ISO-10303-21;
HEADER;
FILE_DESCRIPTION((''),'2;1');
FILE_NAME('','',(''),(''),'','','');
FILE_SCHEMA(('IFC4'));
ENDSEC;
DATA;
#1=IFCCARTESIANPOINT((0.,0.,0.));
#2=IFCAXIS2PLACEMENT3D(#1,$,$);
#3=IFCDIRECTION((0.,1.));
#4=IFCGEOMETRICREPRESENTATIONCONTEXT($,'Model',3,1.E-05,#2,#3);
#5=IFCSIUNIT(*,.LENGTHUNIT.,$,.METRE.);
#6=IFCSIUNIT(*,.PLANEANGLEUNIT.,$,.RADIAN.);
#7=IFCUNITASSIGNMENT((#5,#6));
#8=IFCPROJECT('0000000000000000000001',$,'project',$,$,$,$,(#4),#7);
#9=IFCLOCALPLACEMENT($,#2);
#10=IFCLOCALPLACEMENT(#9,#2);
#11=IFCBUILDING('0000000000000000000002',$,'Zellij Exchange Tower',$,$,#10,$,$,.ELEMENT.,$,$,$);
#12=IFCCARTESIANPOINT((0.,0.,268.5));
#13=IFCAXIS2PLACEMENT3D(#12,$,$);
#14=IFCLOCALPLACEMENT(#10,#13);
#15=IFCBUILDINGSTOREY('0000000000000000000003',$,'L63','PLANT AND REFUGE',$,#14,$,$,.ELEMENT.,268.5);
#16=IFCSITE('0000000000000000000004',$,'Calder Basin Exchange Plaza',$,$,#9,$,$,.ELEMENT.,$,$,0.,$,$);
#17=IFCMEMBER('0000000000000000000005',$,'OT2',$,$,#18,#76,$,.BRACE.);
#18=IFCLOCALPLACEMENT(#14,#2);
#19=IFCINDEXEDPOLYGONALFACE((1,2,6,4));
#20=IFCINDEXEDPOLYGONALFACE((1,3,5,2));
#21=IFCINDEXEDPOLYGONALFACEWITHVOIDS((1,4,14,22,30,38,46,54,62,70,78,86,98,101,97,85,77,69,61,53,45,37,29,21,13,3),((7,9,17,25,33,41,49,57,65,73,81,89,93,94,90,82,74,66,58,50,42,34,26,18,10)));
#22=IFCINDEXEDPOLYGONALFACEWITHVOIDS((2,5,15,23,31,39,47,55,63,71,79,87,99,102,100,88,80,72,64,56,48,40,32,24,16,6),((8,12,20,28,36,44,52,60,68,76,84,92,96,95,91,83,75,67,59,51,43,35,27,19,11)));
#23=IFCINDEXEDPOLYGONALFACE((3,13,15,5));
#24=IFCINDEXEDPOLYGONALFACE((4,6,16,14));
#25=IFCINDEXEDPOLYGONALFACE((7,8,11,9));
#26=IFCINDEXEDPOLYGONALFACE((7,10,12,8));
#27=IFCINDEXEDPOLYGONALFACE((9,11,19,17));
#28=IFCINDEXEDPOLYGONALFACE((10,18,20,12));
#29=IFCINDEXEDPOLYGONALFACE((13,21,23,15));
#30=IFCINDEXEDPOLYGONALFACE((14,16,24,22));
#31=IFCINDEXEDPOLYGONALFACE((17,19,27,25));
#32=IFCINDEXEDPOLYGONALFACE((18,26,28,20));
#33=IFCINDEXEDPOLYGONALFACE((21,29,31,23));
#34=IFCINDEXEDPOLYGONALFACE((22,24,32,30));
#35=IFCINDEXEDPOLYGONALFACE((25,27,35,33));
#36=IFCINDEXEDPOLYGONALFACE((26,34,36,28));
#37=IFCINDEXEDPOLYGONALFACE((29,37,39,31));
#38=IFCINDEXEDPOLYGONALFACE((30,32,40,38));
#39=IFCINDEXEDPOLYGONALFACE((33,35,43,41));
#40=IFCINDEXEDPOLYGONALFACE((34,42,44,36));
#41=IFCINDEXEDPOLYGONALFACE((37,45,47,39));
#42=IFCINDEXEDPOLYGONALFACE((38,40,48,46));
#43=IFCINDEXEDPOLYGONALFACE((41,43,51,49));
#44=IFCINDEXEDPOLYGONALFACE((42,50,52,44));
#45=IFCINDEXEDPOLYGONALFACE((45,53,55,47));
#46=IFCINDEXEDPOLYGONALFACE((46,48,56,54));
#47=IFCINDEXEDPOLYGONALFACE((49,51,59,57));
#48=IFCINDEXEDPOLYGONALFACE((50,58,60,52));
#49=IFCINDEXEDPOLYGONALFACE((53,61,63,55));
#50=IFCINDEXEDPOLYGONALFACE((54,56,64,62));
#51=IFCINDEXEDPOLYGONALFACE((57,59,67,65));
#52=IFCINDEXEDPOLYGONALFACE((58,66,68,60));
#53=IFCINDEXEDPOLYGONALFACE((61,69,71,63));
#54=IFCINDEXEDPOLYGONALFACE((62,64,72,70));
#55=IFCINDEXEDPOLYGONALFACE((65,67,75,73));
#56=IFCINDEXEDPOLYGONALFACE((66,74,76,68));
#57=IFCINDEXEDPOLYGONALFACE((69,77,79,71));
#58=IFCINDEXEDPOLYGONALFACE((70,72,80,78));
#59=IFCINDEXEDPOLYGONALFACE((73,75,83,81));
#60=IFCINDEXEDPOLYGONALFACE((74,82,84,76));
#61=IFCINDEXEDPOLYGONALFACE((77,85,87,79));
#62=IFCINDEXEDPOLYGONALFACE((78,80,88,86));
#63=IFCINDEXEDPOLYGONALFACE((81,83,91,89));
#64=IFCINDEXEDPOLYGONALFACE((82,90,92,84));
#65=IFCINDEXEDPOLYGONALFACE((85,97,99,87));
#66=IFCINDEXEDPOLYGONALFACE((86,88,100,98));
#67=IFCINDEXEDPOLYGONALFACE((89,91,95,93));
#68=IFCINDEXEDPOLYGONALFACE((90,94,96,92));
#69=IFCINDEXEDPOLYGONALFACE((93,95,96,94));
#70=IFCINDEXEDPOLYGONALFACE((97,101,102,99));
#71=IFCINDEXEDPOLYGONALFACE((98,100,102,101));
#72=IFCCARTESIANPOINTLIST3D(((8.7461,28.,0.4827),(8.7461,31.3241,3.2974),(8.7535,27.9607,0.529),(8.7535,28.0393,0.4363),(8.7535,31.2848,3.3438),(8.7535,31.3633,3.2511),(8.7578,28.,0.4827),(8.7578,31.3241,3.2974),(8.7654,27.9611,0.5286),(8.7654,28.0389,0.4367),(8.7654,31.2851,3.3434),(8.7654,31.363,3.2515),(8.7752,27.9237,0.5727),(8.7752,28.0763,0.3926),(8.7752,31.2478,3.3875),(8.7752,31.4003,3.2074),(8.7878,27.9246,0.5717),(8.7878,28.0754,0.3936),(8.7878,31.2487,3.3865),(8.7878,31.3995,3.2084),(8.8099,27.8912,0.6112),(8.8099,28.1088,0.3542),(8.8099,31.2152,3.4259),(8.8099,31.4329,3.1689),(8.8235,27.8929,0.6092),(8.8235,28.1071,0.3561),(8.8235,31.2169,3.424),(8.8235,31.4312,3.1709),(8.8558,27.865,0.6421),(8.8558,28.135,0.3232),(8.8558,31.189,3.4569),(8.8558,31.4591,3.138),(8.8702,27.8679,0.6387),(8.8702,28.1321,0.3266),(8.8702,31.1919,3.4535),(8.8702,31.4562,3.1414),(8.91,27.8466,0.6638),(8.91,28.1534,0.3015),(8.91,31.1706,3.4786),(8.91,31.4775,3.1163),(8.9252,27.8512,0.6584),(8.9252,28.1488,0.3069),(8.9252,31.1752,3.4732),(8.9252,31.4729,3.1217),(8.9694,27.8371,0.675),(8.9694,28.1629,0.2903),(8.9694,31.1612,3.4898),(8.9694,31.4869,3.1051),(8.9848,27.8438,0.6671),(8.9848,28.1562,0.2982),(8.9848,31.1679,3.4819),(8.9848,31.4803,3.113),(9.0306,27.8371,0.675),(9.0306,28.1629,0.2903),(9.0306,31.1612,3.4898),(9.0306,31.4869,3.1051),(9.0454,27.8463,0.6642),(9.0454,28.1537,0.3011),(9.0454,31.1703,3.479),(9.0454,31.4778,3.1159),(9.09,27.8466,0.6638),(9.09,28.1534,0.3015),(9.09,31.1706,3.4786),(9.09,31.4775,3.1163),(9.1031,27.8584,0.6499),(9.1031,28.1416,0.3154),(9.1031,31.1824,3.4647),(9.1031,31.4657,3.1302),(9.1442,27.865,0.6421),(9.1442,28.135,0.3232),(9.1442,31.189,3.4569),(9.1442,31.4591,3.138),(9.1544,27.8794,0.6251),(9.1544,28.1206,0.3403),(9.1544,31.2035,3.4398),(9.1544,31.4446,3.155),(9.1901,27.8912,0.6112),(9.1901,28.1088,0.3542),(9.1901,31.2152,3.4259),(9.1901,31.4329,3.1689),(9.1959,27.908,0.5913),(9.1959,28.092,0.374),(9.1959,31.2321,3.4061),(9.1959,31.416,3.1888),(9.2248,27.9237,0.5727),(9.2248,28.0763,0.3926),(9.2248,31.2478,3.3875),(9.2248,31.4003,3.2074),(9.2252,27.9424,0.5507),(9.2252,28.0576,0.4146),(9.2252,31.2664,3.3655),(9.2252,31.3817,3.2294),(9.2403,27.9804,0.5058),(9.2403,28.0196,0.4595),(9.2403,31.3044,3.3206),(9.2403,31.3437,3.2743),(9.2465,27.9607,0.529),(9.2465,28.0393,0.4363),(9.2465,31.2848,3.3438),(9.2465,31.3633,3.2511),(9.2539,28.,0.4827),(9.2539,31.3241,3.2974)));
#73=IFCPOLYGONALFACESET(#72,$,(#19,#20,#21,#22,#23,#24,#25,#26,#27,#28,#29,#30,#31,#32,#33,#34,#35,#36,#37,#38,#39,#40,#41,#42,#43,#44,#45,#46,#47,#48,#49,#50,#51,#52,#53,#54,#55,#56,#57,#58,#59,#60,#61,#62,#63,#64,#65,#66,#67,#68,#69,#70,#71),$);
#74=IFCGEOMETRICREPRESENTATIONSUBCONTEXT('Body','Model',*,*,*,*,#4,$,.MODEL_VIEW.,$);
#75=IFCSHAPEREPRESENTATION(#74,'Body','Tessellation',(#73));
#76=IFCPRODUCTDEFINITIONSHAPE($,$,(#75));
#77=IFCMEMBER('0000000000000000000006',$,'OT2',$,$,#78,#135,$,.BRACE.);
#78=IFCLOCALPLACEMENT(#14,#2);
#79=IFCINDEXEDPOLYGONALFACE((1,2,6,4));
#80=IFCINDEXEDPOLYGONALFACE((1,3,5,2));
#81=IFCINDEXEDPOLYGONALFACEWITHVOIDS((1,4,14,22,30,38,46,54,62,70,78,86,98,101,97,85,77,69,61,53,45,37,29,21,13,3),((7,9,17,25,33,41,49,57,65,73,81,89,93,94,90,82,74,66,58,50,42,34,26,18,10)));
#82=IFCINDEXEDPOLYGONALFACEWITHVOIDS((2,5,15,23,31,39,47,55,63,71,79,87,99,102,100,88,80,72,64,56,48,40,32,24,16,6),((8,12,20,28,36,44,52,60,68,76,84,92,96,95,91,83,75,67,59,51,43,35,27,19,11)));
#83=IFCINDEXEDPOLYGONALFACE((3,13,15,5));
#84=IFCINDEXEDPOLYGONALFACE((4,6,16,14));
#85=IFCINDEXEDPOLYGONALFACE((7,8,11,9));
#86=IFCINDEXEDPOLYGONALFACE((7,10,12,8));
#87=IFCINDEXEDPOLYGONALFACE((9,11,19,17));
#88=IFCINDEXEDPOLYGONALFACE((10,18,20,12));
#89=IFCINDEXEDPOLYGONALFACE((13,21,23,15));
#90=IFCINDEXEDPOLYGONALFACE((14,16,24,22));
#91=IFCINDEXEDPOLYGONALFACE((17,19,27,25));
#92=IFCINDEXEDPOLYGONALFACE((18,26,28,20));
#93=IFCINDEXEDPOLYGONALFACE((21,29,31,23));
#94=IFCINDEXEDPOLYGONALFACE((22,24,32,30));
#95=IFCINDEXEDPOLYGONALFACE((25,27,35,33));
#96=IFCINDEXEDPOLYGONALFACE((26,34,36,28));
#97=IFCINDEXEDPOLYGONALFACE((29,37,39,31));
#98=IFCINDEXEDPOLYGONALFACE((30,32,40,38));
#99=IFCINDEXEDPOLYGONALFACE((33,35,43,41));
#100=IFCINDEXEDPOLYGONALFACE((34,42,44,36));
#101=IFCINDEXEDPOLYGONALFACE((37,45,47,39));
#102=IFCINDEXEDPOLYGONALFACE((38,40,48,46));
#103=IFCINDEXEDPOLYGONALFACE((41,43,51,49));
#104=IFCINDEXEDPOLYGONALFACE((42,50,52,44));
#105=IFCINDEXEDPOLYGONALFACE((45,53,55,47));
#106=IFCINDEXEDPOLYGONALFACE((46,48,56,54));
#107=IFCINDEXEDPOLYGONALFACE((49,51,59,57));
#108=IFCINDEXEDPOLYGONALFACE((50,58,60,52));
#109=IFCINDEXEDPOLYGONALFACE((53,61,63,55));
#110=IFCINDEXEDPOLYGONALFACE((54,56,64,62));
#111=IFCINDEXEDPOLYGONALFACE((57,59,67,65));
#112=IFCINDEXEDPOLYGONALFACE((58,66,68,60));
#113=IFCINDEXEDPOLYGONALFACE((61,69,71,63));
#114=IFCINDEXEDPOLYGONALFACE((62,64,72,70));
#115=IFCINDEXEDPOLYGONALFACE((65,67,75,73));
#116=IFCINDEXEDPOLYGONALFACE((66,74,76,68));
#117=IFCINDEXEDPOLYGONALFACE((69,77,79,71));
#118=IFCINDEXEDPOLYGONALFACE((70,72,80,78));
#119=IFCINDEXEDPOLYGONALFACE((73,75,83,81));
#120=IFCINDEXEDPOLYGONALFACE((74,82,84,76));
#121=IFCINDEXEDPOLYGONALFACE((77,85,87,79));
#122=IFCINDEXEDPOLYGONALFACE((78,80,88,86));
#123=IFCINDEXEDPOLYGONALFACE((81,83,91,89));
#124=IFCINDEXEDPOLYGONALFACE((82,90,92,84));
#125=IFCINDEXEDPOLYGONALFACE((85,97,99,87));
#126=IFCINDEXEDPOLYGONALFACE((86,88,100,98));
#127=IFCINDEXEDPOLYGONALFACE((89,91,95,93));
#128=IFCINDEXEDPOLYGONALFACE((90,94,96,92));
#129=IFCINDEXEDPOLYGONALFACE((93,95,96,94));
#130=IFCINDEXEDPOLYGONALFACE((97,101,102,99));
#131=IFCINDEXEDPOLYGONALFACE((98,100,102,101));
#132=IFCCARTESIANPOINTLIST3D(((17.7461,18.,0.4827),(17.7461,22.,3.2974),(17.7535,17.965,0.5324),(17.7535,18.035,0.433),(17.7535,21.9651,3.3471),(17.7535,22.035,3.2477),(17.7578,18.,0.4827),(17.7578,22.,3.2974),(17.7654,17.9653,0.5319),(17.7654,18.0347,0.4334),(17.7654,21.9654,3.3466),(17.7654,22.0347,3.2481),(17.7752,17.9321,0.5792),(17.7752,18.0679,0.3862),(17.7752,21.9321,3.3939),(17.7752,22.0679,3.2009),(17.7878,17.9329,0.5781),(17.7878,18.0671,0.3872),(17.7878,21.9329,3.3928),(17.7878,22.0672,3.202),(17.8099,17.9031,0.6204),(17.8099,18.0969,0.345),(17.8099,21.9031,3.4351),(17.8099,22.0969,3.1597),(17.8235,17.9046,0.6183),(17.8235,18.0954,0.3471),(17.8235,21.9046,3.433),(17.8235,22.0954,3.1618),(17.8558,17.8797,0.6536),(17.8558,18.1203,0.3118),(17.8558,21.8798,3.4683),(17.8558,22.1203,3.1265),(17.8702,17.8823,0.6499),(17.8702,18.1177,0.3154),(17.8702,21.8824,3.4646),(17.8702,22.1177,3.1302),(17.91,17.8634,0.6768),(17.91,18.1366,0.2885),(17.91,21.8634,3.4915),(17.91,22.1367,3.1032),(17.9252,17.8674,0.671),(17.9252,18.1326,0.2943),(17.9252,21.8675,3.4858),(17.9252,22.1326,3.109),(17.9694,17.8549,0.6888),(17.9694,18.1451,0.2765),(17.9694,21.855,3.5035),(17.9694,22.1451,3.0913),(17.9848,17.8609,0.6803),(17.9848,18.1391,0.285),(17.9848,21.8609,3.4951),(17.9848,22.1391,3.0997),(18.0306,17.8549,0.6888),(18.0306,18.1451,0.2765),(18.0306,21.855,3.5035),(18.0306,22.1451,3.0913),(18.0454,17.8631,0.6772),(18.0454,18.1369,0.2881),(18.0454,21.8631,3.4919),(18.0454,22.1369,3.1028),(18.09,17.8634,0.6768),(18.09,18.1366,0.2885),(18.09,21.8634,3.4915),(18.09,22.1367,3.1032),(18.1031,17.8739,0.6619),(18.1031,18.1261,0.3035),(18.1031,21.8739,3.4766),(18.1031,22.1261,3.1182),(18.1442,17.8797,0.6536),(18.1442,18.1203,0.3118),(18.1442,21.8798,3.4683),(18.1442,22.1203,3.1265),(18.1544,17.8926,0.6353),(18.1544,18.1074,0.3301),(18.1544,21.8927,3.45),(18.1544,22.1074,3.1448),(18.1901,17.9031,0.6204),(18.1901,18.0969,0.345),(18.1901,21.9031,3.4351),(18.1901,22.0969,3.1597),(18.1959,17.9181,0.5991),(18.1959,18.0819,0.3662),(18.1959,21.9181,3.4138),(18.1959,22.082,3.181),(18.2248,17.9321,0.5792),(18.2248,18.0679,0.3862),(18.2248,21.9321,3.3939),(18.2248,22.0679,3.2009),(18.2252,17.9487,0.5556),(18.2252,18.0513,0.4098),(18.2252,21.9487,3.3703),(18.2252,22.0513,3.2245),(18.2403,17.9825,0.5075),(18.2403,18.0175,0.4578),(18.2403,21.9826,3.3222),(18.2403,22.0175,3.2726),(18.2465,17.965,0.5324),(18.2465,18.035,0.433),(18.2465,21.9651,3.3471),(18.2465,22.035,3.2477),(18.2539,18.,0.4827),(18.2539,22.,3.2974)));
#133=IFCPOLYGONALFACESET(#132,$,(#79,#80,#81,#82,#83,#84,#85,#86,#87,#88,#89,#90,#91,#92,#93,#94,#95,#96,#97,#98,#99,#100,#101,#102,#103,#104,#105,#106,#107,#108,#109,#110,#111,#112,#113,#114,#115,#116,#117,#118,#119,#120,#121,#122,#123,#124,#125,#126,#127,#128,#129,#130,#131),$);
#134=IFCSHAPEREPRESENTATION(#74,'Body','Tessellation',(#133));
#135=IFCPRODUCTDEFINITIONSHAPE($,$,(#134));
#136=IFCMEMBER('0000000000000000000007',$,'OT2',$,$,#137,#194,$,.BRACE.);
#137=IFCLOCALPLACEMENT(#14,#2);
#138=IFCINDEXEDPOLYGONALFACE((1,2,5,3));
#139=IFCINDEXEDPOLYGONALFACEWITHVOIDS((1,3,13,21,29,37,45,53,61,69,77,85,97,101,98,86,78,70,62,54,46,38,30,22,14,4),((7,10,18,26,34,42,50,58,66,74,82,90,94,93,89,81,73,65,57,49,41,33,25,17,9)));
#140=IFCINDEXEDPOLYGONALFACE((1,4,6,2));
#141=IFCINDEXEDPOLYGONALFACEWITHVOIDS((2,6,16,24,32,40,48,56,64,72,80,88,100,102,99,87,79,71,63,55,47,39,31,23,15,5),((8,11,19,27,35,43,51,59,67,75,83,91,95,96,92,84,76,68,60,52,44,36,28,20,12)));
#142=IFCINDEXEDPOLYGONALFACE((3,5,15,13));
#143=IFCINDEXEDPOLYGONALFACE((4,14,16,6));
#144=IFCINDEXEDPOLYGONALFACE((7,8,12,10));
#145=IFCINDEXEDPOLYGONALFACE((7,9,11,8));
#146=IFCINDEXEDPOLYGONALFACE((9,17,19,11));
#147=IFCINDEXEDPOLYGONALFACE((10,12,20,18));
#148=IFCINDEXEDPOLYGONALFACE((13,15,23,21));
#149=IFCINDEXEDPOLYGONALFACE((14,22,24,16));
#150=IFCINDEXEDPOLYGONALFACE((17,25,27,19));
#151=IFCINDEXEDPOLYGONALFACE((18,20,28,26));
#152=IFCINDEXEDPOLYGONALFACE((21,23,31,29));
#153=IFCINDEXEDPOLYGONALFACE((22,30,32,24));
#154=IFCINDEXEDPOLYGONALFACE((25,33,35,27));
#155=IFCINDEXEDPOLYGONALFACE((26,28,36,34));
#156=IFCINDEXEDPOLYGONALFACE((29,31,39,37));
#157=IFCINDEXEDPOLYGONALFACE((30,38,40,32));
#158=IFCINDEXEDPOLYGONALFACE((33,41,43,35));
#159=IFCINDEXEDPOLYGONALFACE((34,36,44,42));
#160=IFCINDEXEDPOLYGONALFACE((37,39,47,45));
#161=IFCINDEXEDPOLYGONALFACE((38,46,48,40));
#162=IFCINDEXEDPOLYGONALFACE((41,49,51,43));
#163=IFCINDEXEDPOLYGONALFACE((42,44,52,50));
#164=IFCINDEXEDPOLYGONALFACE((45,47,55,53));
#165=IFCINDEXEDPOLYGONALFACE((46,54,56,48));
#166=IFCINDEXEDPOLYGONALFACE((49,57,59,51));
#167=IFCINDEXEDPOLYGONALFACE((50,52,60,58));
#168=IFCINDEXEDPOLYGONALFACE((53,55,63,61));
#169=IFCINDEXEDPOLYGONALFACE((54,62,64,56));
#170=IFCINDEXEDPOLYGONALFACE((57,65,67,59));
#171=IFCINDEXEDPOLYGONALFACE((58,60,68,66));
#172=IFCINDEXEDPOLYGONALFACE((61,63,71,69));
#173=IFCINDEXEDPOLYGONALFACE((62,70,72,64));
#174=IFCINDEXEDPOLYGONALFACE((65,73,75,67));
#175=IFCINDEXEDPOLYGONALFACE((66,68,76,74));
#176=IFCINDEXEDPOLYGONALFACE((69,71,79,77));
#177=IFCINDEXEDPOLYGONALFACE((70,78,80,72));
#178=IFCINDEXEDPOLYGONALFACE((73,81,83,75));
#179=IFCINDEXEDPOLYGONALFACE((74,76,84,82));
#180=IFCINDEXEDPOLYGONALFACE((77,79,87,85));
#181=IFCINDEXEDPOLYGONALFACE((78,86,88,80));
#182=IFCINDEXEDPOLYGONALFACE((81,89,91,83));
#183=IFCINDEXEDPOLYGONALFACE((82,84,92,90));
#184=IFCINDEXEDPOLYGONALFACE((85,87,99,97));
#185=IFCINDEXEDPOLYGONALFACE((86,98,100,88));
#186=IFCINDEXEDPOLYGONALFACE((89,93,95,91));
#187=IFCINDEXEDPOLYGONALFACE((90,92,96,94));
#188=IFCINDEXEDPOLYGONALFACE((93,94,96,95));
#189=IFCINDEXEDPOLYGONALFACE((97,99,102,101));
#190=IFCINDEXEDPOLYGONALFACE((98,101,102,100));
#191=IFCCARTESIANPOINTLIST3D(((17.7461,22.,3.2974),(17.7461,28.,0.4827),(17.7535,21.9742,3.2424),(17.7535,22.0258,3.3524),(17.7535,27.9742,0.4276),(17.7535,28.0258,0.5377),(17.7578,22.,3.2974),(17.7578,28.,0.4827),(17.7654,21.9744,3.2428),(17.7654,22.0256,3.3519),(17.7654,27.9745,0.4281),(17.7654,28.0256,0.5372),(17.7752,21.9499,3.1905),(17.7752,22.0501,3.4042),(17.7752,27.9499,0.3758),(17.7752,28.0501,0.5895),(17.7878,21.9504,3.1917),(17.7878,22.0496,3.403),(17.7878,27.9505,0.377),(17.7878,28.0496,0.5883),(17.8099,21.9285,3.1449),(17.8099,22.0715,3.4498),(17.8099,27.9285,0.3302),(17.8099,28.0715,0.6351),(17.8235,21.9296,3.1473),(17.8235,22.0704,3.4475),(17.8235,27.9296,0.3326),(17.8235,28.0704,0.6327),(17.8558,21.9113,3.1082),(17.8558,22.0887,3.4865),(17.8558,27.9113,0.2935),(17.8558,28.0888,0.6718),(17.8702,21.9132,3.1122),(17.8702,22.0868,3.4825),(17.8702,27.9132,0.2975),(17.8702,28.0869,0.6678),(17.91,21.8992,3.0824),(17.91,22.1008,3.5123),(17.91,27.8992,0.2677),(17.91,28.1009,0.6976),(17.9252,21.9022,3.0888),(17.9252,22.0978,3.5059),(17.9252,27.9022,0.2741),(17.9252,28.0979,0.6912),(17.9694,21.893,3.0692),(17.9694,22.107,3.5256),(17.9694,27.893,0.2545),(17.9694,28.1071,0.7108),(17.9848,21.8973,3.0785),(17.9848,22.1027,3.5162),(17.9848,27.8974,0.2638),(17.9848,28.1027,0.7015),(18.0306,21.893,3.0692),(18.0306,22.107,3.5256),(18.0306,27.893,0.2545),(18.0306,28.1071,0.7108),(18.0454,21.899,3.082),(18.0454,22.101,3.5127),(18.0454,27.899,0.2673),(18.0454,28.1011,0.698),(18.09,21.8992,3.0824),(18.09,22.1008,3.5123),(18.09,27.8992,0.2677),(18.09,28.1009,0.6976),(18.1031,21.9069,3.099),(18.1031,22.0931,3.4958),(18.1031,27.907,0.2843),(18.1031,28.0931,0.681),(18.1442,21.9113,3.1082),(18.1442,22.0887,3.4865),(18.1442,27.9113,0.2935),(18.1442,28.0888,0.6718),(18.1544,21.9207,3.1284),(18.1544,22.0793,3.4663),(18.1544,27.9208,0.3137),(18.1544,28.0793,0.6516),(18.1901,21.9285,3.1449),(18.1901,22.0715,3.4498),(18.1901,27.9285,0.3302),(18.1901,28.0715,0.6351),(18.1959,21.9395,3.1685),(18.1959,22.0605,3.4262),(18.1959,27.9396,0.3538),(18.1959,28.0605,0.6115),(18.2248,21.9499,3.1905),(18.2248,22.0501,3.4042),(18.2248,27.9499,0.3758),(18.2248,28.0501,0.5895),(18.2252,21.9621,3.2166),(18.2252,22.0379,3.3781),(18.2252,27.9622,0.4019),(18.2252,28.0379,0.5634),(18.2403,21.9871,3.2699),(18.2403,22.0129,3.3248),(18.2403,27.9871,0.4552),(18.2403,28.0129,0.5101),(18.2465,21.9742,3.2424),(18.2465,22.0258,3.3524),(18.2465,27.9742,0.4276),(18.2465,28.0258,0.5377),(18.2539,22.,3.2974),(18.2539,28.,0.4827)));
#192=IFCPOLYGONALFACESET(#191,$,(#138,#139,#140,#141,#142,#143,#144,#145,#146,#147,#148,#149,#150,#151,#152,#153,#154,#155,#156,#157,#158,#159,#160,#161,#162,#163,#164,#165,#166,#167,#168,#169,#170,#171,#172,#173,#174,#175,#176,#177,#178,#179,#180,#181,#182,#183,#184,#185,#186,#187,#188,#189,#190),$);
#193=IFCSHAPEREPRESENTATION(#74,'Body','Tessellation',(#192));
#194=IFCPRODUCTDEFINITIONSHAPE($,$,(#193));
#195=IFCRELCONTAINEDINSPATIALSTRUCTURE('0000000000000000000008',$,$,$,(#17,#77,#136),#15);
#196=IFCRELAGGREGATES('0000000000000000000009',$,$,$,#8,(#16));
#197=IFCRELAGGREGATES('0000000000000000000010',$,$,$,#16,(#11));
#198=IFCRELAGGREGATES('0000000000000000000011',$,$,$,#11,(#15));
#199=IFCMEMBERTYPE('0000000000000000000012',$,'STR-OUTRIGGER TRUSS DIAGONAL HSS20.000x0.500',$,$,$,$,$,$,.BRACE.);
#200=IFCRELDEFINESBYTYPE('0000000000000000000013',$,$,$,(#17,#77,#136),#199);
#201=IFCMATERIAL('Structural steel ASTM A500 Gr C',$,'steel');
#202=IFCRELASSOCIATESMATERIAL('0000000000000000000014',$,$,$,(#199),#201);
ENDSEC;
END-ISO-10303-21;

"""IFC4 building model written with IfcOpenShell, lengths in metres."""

from ifc_helpers import new_model, si_unit, direction, frame, origin, origin_2d, place, context, subcontext, project, spatial, hollow_circle, extrude, material, material_profile, profile_set, type_object, element, save


model = new_model("IFC4")

# Units and contexts
model_context = context("Model", 3, precision=1e-05, world=origin(), true_north=direction((0.0, 1.0)))
body_context = subcontext(model_context, "Body", "Model", "MODEL_VIEW")
ifc_project = project(units=[si_unit("LENGTHUNIT", "METRE"), si_unit("PLANEANGLEUNIT", "RADIAN")], contexts=[model_context])

# Site, building, storey
site_placement = place(None, origin())
site = spatial("IfcSite", under=ifc_project, at=site_placement, Name="Calder Basin Exchange Plaza", CompositionType="ELEMENT", RefElevation=0.0)
building_placement = place(site_placement, origin())
building = spatial("IfcBuilding", under=site, at=building_placement, Name="Zellij Exchange Tower", CompositionType="ELEMENT")
storey_placement = place(building_placement, frame((0.0, 0.0, 268.5)))
storey = spatial("IfcBuildingStorey", under=building, at=storey_placement, Name="L63", Description="PLANT AND REFUGE", CompositionType="ELEMENT", Elevation=268.5)

# Members
ifc_material_1 = material(Name="Structural steel ASTM A500 Gr C", Category="steel")
ifc_material_profile_1 = material_profile(ifc_material_1, hollow_circle(Radius=0.2539, WallThickness=0.0117, at=origin_2d()), Name="STR-OUTRIGGER TRUSS DIAGONAL HSS20.000x0.500")
ifc_profile_set_1 = profile_set([ifc_material_profile_1], Name="Structural steel ASTM A500 Gr C")
member_type_1 = type_object("IfcMemberType", Name="STR-OUTRIGGER TRUSS DIAGONAL HSS20.000x0.500", PredefinedType="BRACE", material=ifc_profile_set_1)
member_1_placement = place(storey_placement, frame((9.0, 28.0, 0.4827), z_axis=(0.0, 0.763148, 0.646224), x_axis=(-1.0, 0.0, 0.0)))
element("IfcMember", 1, at=member_1_placement, inside=storey, type_object=member_type_1, Name="OT2", PredefinedType="BRACE", context=body_context, shape_type="SweptSolid", body=[
    extrude(hollow_circle(Radius=0.2539, WallThickness=0.0117, at=origin_2d()), origin(), (0.0, 0.0, 1.0), 4.3557),
])
member_2_placement = place(storey_placement, frame((18.0, 18.0, 0.4827), z_axis=(0.0, 0.817818, 0.575477), x_axis=(-1.0, 0.0, 0.0)))
element("IfcMember", 2, at=member_2_placement, inside=storey, type_object=member_type_1, Name="OT2", PredefinedType="BRACE", context=body_context, shape_type="SweptSolid", body=[
    extrude(hollow_circle(Radius=0.2539, WallThickness=0.0117, at=origin_2d()), origin(), (0.0, 0.0, 1.0), 4.8911),
])
member_3_placement = place(storey_placement, frame((18.0, 22.0, 3.2974), z_axis=(0.0, 0.905331, -0.424706), x_axis=(-1.0, 0.0, 0.0)))
element("IfcMember", 3, at=member_3_placement, inside=storey, type_object=member_type_1, Name="OT2", PredefinedType="BRACE", context=body_context, shape_type="SweptSolid", body=[
    extrude(hollow_circle(Radius=0.2539, WallThickness=0.0117, at=origin_2d()), origin(), (0.0, 0.0, 1.0), 6.6274),
])

save(model, "model.ifc")
